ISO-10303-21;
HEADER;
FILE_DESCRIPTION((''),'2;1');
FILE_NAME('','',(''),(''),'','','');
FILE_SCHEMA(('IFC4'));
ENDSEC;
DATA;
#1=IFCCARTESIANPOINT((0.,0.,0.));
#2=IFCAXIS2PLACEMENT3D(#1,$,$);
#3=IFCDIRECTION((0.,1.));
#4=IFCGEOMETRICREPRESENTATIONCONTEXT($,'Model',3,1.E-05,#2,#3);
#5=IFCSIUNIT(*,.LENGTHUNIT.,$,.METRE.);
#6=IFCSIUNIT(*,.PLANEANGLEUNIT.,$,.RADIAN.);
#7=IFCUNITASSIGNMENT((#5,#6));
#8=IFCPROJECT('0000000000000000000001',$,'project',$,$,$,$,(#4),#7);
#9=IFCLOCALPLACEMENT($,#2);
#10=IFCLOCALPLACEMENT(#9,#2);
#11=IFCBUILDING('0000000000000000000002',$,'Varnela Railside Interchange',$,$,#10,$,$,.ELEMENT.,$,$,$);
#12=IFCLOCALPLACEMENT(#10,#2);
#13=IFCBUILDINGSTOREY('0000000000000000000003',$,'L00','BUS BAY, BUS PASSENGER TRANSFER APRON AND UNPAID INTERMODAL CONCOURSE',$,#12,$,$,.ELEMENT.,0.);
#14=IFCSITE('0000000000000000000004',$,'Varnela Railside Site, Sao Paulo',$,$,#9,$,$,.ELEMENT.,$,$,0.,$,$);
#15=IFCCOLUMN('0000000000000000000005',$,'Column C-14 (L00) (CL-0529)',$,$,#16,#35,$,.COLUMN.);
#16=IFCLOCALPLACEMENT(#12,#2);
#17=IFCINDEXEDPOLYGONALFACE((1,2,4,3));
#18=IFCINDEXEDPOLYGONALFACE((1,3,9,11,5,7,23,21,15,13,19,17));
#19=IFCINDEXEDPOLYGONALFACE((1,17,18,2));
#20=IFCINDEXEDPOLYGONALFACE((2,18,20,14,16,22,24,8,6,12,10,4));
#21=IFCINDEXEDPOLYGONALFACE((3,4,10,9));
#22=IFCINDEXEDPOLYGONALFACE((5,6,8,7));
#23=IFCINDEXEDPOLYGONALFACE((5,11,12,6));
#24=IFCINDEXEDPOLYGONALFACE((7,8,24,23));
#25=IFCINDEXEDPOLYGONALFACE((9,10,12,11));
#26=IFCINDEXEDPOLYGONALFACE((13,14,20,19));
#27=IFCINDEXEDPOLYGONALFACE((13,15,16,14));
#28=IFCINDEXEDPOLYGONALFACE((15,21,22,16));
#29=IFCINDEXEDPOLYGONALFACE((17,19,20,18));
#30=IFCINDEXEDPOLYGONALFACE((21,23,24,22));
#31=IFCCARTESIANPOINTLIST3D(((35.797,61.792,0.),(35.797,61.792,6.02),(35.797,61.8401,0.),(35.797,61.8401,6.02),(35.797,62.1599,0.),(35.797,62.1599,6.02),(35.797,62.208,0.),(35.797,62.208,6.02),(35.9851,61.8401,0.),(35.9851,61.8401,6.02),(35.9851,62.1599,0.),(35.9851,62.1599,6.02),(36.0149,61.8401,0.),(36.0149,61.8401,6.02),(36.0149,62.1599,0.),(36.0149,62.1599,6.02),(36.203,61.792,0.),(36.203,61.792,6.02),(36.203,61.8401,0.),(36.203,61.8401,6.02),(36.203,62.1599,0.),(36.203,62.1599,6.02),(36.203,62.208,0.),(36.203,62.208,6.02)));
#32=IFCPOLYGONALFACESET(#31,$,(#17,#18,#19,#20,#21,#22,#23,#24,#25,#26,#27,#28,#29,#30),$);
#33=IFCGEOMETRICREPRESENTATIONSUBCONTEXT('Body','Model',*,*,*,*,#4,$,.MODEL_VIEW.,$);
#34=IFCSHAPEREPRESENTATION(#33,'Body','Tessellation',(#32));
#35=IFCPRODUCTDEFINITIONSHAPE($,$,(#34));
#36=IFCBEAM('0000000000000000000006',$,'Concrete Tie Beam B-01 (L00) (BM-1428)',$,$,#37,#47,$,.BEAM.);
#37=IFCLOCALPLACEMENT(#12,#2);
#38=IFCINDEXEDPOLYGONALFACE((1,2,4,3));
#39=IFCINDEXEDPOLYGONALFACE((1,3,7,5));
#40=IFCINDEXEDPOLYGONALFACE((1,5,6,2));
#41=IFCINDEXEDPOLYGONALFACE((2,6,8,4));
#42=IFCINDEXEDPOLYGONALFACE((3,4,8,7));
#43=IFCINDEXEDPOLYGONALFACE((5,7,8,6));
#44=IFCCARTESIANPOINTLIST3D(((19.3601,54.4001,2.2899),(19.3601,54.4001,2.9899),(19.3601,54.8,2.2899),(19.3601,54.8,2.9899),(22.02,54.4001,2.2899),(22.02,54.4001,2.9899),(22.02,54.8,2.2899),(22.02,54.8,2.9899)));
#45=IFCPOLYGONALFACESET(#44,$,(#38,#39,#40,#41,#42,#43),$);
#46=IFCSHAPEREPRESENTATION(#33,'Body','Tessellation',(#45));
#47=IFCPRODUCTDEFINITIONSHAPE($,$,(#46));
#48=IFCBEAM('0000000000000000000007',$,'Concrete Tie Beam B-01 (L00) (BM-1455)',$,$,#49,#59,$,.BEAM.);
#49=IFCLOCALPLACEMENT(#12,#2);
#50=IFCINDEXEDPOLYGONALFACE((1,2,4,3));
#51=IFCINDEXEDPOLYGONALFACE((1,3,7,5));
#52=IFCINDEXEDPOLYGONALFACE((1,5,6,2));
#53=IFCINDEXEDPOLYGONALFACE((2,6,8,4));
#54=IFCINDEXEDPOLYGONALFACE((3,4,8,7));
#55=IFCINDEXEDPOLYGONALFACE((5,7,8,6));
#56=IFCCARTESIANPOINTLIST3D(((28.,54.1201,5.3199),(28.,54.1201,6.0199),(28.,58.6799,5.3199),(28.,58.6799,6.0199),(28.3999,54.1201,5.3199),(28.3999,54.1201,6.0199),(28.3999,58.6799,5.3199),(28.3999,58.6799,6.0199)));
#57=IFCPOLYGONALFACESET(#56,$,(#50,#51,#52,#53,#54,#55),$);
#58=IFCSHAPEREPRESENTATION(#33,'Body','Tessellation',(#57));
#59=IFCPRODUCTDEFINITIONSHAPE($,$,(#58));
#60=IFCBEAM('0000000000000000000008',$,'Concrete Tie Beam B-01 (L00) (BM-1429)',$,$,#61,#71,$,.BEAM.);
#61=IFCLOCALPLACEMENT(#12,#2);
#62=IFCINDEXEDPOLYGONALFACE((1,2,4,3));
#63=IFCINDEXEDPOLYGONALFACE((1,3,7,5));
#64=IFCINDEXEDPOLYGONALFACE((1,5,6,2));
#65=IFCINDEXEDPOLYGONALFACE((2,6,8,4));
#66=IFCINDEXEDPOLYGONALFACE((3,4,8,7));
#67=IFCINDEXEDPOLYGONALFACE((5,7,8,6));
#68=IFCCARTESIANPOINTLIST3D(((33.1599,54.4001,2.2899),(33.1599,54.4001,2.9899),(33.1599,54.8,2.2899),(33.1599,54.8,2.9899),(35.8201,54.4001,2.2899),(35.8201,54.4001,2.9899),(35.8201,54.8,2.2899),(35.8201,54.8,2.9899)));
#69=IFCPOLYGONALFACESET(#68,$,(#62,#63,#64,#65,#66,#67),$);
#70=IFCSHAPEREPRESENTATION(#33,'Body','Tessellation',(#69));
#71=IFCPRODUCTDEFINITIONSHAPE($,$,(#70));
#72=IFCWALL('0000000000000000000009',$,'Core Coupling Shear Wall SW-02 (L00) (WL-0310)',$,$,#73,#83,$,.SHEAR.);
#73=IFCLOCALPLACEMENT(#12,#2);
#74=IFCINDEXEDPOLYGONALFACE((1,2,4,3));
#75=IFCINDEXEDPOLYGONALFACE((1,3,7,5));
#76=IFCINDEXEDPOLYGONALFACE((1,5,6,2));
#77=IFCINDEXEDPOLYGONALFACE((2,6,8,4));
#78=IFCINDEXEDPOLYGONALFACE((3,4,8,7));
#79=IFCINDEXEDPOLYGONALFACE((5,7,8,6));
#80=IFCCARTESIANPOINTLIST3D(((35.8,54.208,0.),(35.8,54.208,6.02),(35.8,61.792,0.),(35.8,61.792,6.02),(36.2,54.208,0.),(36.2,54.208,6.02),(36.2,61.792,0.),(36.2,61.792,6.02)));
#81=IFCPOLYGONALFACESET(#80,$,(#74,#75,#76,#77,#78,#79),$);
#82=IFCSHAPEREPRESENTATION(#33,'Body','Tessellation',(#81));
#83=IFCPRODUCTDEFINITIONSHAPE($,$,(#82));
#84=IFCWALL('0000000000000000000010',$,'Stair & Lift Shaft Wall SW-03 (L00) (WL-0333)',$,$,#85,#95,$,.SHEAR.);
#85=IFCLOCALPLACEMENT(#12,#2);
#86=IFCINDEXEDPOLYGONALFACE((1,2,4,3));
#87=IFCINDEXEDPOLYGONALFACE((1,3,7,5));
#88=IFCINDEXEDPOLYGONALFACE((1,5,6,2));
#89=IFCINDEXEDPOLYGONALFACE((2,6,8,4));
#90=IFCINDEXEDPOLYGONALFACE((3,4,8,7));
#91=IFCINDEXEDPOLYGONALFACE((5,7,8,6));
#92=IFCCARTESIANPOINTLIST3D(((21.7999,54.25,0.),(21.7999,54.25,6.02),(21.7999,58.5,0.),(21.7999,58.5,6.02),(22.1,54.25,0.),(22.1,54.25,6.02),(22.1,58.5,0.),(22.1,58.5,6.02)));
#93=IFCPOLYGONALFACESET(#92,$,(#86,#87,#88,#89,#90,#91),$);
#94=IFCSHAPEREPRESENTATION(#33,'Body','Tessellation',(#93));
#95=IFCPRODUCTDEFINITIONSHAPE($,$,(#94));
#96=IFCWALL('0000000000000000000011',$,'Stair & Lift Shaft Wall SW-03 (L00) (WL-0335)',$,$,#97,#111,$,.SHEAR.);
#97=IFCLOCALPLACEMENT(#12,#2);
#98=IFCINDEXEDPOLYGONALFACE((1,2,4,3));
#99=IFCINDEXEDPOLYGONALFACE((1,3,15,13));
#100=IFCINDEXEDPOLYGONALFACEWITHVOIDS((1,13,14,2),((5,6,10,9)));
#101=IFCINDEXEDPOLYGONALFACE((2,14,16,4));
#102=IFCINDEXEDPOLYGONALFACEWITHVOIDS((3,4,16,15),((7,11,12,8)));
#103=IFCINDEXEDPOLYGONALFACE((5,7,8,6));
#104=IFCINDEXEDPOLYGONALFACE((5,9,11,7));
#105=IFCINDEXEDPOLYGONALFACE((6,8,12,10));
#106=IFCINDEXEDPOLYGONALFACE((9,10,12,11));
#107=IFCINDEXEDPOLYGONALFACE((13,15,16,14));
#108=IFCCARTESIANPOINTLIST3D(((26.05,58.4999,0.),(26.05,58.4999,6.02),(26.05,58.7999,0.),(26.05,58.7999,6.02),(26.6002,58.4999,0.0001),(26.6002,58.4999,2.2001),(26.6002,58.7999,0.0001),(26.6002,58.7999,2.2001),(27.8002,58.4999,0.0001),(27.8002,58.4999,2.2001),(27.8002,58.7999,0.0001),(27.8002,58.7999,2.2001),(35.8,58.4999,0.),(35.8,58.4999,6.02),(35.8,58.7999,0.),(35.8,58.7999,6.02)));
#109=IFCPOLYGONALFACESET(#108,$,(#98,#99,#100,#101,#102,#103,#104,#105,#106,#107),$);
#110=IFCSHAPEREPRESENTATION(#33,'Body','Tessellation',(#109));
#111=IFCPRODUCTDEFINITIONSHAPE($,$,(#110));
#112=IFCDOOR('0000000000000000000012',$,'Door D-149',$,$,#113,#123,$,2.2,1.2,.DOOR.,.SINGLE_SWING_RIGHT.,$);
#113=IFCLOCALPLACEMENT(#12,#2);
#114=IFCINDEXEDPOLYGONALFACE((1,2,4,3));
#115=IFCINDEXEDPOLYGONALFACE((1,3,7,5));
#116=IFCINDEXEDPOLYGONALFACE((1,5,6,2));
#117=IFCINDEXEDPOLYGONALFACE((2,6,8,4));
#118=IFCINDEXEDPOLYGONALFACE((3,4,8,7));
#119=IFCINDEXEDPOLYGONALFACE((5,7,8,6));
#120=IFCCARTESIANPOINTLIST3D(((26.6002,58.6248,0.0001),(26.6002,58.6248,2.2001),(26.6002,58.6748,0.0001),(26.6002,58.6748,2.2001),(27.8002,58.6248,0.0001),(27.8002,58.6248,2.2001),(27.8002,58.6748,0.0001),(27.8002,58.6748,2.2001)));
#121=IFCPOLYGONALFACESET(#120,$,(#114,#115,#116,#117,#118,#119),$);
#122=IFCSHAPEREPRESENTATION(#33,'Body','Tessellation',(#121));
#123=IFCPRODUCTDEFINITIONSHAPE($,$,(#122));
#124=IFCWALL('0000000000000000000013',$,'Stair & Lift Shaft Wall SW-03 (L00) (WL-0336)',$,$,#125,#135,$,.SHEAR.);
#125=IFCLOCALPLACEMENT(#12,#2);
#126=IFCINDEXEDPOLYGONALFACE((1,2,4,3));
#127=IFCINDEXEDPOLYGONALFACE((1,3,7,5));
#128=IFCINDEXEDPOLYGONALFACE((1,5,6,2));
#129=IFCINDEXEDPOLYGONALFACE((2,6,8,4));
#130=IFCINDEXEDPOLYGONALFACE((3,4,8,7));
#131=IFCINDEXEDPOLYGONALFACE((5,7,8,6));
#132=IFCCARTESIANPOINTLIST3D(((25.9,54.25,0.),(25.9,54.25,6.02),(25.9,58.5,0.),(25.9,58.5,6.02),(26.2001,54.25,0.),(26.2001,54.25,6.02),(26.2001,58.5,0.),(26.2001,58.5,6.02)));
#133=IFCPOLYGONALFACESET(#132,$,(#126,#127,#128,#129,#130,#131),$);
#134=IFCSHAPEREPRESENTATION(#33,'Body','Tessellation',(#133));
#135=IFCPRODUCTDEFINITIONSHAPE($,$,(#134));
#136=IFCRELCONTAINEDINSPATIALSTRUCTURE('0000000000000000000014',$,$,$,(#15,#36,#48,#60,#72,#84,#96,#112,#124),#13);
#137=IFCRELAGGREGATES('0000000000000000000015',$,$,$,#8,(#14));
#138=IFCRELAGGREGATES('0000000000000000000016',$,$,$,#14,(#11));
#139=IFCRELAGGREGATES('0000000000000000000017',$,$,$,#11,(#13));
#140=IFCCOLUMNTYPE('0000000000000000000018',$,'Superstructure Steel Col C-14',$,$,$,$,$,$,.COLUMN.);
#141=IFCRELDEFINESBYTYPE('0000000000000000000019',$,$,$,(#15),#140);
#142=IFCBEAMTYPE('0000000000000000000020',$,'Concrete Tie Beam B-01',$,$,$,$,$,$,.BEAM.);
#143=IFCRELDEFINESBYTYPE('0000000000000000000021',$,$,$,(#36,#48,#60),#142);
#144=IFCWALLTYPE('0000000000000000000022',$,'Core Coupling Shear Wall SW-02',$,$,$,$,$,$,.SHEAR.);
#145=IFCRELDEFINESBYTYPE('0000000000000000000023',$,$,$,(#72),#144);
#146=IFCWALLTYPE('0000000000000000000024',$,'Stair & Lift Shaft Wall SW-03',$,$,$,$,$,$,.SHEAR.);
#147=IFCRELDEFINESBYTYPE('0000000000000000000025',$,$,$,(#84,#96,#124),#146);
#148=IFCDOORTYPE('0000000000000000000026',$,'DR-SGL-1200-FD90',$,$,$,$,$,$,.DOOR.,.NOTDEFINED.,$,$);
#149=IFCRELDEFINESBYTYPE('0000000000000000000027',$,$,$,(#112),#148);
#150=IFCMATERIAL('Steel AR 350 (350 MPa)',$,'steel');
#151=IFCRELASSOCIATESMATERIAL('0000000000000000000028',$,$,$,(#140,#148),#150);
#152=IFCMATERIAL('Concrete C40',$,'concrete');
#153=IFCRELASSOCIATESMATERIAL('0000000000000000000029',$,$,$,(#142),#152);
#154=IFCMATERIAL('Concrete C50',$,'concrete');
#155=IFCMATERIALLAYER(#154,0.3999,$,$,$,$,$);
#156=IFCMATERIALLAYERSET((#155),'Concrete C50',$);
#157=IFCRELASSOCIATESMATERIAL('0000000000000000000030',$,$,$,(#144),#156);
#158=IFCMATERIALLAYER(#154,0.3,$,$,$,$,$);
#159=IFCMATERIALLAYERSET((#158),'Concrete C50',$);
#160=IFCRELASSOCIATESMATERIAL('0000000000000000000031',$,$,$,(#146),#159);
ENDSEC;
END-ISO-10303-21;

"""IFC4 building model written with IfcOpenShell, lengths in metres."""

from ifc_helpers import new_model, si_unit, direction, frame, frame_2d, origin, origin_2d, place, context, subcontext, project, spatial, rectangle, i_section, extrude, material, layer, layer_set, material_profile, profile_set, type_object, element, fill, save


model = new_model("IFC4")

# Units and contexts
model_context = context("Model", 3, precision=1e-05, world=origin(), true_north=direction((0.0, 1.0)))
body_context = subcontext(model_context, "Body", "Model", "MODEL_VIEW")
ifc_project = project(units=[si_unit("LENGTHUNIT", "METRE"), si_unit("PLANEANGLEUNIT", "RADIAN")], contexts=[model_context])

# Site, building, storey
site_placement = place(None, origin())
site = spatial("IfcSite", under=ifc_project, at=site_placement, Name="Varnela Railside Site, Sao Paulo", CompositionType="ELEMENT", RefElevation=0.0)
building_placement = place(site_placement, origin())
building = spatial("IfcBuilding", under=site, at=building_placement, Name="Varnela Railside Interchange", CompositionType="ELEMENT")
storey_placement = place(building_placement, origin())
storey = spatial("IfcBuildingStorey", under=building, at=storey_placement, Name="L00", Description="BUS BAY, BUS PASSENGER TRANSFER APRON AND UNPAID INTERMODAL CONCOURSE", CompositionType="ELEMENT", Elevation=0.0)

# Column
ifc_material_1 = material(Name="Steel AR 350 (350 MPa)", Category="steel")
ifc_material_profile_1 = material_profile(ifc_material_1, i_section(OverallWidth=0.406, OverallDepth=0.416, WebThickness=0.0298, FlangeThickness=0.0481, at=origin_2d()), Name="W360x382")
ifc_profile_set_1 = profile_set([ifc_material_profile_1], Name="Steel AR 350 (350 MPa)")
column_type = type_object("IfcColumnType", Name="Superstructure Steel Col C-14", PredefinedType="COLUMN", material=ifc_profile_set_1)
column_placement = place(storey_placement, frame((36.0, 62.0, 0.0), z_axis=(0.0, 0.0, 1.0), x_axis=(1.0, 0.0, 0.0)))
element("IfcColumn", 1, at=column_placement, inside=storey, type_object=column_type, Name="Column C-14 (L00) (CL-0529)", PredefinedType="COLUMN", context=body_context, shape_type="SweptSolid", body=[
    extrude(i_section(OverallWidth=0.406, OverallDepth=0.416, WebThickness=0.0298, FlangeThickness=0.0481, at=origin_2d()), origin(), (0.0, 0.0, 1.0), 6.02),
])

# Beams
ifc_material_2 = material(Name="Concrete C40", Category="concrete")
ifc_material_profile_2 = material_profile(ifc_material_2, rectangle(XDim=0.3999, YDim=0.7, at=origin_2d()), Name="RC 400x700")
ifc_profile_set_2 = profile_set([ifc_material_profile_2], Name="Concrete C40")
beam_type = type_object("IfcBeamType", Name="Concrete Tie Beam B-01", PredefinedType="BEAM", material=ifc_profile_set_2)
beam_1_placement = place(storey_placement, frame((19.3601, 54.6001, 2.6399), z_axis=(1.0, 0.0, 0.0), x_axis=(0.0, 1.0, 0.0)))
element("IfcBeam", 2, at=beam_1_placement, inside=storey, type_object=beam_type, Name="Concrete Tie Beam B-01 (L00) (BM-1428)", PredefinedType="BEAM", context=body_context, shape_type="SweptSolid", body=[
    extrude(rectangle(XDim=0.3999, YDim=0.7, at=origin_2d()), origin(), (0.0, 0.0, 1.0), 2.6599),
])
beam_2_placement = place(storey_placement, frame((28.2, 54.1201, 5.6699), z_axis=(0.0, 1.0, 0.0), x_axis=(-1.0, 0.0, 0.0)))
element("IfcBeam", 3, at=beam_2_placement, inside=storey, type_object=beam_type, Name="Concrete Tie Beam B-01 (L00) (BM-1455)", PredefinedType="BEAM", context=body_context, shape_type="SweptSolid", body=[
    extrude(rectangle(XDim=0.3999, YDim=0.7, at=origin_2d()), origin(), (0.0, 0.0, 1.0), 4.5598),
])
beam_3_placement = place(storey_placement, frame((33.1599, 54.6001, 2.6399), z_axis=(1.0, 0.0, 0.0), x_axis=(0.0, 1.0, 0.0)))
element("IfcBeam", 4, at=beam_3_placement, inside=storey, type_object=beam_type, Name="Concrete Tie Beam B-01 (L00) (BM-1429)", PredefinedType="BEAM", context=body_context, shape_type="SweptSolid", body=[
    extrude(rectangle(XDim=0.3999, YDim=0.7, at=origin_2d()), origin(), (0.0, 0.0, 1.0), 2.6602),
])

# Walls
ifc_material_3 = material(Name="Concrete C50", Category="concrete")
ifc_layer_1 = layer(ifc_material_3, 0.3999)
ifc_layer_set_1 = layer_set([ifc_layer_1], Name="Concrete C50")
wall_type_1 = type_object("IfcWallType", Name="Core Coupling Shear Wall SW-02", PredefinedType="SHEAR", material=ifc_layer_set_1)
wall_1_placement = place(storey_placement, frame((36.0, 54.208, 0.0), z_axis=(0.0, 0.0, 1.0), x_axis=(0.0, 1.0, 0.0)))
element("IfcWall", 5, at=wall_1_placement, inside=storey, type_object=wall_type_1, Name="Core Coupling Shear Wall SW-02 (L00) (WL-0310)", PredefinedType="SHEAR", context=body_context, shape_type="SweptSolid", body=[
    extrude(rectangle(XDim=7.584, YDim=0.3999, at=frame_2d((3.792, 0.0))), origin(), (0.0, 0.0, 1.0), 6.02),
])
ifc_layer_2 = layer(ifc_material_3, 0.3)
ifc_layer_set_2 = layer_set([ifc_layer_2], Name="Concrete C50")
wall_type_2 = type_object("IfcWallType", Name="Stair & Lift Shaft Wall SW-03", PredefinedType="SHEAR", material=ifc_layer_set_2)
wall_2_placement = place(storey_placement, frame((21.95, 54.25, 0.0), z_axis=(0.0, 0.0, 1.0), x_axis=(0.0, 1.0, 0.0)))
element("IfcWall", 6, at=wall_2_placement, inside=storey, type_object=wall_type_2, Name="Stair & Lift Shaft Wall SW-03 (L00) (WL-0333)", PredefinedType="SHEAR", context=body_context, shape_type="SweptSolid", body=[
    extrude(rectangle(XDim=4.25, YDim=0.3, at=frame_2d((2.125, 0.0))), origin(), (0.0, 0.0, 1.0), 6.02),
])

# Wall, opening, door
wall_3_placement = place(storey_placement, frame((26.05, 58.6499, 0.0), z_axis=(0.0, 0.0, 1.0), x_axis=(1.0, 0.0, 0.0)))
wall_3 = element("IfcWall", 7, at=wall_3_placement, inside=storey, type_object=wall_type_2, Name="Stair & Lift Shaft Wall SW-03 (L00) (WL-0335)", PredefinedType="SHEAR", context=body_context, shape_type="SweptSolid", body=[
    extrude(rectangle(XDim=9.75, YDim=0.3, at=frame_2d((4.875, 0.0))), origin(), (0.0, 0.0, 1.0), 6.02),
])
opening_1_placement = place(wall_3_placement, frame((0.55, 0.0, 0.0)))
opening_1 = element("IfcOpeningElement", 8, at=opening_1_placement, cuts=wall_3, PredefinedType="OPENING", context=body_context, shape_type="SweptSolid", body=[
    extrude(rectangle(XDim=1.2, YDim=2.2, at=frame_2d((0.6001, 1.1001))), frame((0.0, 0.1599, 0.0), z_axis=(0.0, -1.0, 0.0), x_axis=(1.0, 0.0, 0.0)), (0.0, 0.0, 1.0), 0.3201),
])
door_type_1 = type_object("IfcDoorType", Name="DR-SGL-1200-FD90", OperationType="NOTDEFINED", PredefinedType="DOOR", material=ifc_material_1)
door_1_placement = place(opening_1_placement, origin())
door_1 = element("IfcDoor", 9, at=door_1_placement, inside=storey, type_object=door_type_1, Name="Door D-149", OperationType="SINGLE_SWING_RIGHT", OverallHeight=2.2, OverallWidth=1.2, PredefinedType="DOOR", context=body_context, shape_type="SweptSolid", body=[
    extrude(rectangle(XDim=1.2, YDim=2.2, at=frame_2d((0.6001, 1.1001))), frame((0.0, 0.0249, 0.0), z_axis=(0.0, -1.0, 0.0), x_axis=(1.0, 0.0, 0.0)), (0.0, 0.0, 1.0), 0.05),
])
fill(opening_1, door_1)

# Wall
wall_4_placement = place(storey_placement, frame((26.05, 54.25, 0.0), z_axis=(0.0, 0.0, 1.0), x_axis=(0.0, 1.0, 0.0)))
element("IfcWall", 10, at=wall_4_placement, inside=storey, type_object=wall_type_2, Name="Stair & Lift Shaft Wall SW-03 (L00) (WL-0336)", PredefinedType="SHEAR", context=body_context, shape_type="SweptSolid", body=[
    extrude(rectangle(XDim=4.25, YDim=0.3, at=frame_2d((2.125, 0.0))), origin(), (0.0, 0.0, 1.0), 6.02),
])

save(model, "model.ifc")
